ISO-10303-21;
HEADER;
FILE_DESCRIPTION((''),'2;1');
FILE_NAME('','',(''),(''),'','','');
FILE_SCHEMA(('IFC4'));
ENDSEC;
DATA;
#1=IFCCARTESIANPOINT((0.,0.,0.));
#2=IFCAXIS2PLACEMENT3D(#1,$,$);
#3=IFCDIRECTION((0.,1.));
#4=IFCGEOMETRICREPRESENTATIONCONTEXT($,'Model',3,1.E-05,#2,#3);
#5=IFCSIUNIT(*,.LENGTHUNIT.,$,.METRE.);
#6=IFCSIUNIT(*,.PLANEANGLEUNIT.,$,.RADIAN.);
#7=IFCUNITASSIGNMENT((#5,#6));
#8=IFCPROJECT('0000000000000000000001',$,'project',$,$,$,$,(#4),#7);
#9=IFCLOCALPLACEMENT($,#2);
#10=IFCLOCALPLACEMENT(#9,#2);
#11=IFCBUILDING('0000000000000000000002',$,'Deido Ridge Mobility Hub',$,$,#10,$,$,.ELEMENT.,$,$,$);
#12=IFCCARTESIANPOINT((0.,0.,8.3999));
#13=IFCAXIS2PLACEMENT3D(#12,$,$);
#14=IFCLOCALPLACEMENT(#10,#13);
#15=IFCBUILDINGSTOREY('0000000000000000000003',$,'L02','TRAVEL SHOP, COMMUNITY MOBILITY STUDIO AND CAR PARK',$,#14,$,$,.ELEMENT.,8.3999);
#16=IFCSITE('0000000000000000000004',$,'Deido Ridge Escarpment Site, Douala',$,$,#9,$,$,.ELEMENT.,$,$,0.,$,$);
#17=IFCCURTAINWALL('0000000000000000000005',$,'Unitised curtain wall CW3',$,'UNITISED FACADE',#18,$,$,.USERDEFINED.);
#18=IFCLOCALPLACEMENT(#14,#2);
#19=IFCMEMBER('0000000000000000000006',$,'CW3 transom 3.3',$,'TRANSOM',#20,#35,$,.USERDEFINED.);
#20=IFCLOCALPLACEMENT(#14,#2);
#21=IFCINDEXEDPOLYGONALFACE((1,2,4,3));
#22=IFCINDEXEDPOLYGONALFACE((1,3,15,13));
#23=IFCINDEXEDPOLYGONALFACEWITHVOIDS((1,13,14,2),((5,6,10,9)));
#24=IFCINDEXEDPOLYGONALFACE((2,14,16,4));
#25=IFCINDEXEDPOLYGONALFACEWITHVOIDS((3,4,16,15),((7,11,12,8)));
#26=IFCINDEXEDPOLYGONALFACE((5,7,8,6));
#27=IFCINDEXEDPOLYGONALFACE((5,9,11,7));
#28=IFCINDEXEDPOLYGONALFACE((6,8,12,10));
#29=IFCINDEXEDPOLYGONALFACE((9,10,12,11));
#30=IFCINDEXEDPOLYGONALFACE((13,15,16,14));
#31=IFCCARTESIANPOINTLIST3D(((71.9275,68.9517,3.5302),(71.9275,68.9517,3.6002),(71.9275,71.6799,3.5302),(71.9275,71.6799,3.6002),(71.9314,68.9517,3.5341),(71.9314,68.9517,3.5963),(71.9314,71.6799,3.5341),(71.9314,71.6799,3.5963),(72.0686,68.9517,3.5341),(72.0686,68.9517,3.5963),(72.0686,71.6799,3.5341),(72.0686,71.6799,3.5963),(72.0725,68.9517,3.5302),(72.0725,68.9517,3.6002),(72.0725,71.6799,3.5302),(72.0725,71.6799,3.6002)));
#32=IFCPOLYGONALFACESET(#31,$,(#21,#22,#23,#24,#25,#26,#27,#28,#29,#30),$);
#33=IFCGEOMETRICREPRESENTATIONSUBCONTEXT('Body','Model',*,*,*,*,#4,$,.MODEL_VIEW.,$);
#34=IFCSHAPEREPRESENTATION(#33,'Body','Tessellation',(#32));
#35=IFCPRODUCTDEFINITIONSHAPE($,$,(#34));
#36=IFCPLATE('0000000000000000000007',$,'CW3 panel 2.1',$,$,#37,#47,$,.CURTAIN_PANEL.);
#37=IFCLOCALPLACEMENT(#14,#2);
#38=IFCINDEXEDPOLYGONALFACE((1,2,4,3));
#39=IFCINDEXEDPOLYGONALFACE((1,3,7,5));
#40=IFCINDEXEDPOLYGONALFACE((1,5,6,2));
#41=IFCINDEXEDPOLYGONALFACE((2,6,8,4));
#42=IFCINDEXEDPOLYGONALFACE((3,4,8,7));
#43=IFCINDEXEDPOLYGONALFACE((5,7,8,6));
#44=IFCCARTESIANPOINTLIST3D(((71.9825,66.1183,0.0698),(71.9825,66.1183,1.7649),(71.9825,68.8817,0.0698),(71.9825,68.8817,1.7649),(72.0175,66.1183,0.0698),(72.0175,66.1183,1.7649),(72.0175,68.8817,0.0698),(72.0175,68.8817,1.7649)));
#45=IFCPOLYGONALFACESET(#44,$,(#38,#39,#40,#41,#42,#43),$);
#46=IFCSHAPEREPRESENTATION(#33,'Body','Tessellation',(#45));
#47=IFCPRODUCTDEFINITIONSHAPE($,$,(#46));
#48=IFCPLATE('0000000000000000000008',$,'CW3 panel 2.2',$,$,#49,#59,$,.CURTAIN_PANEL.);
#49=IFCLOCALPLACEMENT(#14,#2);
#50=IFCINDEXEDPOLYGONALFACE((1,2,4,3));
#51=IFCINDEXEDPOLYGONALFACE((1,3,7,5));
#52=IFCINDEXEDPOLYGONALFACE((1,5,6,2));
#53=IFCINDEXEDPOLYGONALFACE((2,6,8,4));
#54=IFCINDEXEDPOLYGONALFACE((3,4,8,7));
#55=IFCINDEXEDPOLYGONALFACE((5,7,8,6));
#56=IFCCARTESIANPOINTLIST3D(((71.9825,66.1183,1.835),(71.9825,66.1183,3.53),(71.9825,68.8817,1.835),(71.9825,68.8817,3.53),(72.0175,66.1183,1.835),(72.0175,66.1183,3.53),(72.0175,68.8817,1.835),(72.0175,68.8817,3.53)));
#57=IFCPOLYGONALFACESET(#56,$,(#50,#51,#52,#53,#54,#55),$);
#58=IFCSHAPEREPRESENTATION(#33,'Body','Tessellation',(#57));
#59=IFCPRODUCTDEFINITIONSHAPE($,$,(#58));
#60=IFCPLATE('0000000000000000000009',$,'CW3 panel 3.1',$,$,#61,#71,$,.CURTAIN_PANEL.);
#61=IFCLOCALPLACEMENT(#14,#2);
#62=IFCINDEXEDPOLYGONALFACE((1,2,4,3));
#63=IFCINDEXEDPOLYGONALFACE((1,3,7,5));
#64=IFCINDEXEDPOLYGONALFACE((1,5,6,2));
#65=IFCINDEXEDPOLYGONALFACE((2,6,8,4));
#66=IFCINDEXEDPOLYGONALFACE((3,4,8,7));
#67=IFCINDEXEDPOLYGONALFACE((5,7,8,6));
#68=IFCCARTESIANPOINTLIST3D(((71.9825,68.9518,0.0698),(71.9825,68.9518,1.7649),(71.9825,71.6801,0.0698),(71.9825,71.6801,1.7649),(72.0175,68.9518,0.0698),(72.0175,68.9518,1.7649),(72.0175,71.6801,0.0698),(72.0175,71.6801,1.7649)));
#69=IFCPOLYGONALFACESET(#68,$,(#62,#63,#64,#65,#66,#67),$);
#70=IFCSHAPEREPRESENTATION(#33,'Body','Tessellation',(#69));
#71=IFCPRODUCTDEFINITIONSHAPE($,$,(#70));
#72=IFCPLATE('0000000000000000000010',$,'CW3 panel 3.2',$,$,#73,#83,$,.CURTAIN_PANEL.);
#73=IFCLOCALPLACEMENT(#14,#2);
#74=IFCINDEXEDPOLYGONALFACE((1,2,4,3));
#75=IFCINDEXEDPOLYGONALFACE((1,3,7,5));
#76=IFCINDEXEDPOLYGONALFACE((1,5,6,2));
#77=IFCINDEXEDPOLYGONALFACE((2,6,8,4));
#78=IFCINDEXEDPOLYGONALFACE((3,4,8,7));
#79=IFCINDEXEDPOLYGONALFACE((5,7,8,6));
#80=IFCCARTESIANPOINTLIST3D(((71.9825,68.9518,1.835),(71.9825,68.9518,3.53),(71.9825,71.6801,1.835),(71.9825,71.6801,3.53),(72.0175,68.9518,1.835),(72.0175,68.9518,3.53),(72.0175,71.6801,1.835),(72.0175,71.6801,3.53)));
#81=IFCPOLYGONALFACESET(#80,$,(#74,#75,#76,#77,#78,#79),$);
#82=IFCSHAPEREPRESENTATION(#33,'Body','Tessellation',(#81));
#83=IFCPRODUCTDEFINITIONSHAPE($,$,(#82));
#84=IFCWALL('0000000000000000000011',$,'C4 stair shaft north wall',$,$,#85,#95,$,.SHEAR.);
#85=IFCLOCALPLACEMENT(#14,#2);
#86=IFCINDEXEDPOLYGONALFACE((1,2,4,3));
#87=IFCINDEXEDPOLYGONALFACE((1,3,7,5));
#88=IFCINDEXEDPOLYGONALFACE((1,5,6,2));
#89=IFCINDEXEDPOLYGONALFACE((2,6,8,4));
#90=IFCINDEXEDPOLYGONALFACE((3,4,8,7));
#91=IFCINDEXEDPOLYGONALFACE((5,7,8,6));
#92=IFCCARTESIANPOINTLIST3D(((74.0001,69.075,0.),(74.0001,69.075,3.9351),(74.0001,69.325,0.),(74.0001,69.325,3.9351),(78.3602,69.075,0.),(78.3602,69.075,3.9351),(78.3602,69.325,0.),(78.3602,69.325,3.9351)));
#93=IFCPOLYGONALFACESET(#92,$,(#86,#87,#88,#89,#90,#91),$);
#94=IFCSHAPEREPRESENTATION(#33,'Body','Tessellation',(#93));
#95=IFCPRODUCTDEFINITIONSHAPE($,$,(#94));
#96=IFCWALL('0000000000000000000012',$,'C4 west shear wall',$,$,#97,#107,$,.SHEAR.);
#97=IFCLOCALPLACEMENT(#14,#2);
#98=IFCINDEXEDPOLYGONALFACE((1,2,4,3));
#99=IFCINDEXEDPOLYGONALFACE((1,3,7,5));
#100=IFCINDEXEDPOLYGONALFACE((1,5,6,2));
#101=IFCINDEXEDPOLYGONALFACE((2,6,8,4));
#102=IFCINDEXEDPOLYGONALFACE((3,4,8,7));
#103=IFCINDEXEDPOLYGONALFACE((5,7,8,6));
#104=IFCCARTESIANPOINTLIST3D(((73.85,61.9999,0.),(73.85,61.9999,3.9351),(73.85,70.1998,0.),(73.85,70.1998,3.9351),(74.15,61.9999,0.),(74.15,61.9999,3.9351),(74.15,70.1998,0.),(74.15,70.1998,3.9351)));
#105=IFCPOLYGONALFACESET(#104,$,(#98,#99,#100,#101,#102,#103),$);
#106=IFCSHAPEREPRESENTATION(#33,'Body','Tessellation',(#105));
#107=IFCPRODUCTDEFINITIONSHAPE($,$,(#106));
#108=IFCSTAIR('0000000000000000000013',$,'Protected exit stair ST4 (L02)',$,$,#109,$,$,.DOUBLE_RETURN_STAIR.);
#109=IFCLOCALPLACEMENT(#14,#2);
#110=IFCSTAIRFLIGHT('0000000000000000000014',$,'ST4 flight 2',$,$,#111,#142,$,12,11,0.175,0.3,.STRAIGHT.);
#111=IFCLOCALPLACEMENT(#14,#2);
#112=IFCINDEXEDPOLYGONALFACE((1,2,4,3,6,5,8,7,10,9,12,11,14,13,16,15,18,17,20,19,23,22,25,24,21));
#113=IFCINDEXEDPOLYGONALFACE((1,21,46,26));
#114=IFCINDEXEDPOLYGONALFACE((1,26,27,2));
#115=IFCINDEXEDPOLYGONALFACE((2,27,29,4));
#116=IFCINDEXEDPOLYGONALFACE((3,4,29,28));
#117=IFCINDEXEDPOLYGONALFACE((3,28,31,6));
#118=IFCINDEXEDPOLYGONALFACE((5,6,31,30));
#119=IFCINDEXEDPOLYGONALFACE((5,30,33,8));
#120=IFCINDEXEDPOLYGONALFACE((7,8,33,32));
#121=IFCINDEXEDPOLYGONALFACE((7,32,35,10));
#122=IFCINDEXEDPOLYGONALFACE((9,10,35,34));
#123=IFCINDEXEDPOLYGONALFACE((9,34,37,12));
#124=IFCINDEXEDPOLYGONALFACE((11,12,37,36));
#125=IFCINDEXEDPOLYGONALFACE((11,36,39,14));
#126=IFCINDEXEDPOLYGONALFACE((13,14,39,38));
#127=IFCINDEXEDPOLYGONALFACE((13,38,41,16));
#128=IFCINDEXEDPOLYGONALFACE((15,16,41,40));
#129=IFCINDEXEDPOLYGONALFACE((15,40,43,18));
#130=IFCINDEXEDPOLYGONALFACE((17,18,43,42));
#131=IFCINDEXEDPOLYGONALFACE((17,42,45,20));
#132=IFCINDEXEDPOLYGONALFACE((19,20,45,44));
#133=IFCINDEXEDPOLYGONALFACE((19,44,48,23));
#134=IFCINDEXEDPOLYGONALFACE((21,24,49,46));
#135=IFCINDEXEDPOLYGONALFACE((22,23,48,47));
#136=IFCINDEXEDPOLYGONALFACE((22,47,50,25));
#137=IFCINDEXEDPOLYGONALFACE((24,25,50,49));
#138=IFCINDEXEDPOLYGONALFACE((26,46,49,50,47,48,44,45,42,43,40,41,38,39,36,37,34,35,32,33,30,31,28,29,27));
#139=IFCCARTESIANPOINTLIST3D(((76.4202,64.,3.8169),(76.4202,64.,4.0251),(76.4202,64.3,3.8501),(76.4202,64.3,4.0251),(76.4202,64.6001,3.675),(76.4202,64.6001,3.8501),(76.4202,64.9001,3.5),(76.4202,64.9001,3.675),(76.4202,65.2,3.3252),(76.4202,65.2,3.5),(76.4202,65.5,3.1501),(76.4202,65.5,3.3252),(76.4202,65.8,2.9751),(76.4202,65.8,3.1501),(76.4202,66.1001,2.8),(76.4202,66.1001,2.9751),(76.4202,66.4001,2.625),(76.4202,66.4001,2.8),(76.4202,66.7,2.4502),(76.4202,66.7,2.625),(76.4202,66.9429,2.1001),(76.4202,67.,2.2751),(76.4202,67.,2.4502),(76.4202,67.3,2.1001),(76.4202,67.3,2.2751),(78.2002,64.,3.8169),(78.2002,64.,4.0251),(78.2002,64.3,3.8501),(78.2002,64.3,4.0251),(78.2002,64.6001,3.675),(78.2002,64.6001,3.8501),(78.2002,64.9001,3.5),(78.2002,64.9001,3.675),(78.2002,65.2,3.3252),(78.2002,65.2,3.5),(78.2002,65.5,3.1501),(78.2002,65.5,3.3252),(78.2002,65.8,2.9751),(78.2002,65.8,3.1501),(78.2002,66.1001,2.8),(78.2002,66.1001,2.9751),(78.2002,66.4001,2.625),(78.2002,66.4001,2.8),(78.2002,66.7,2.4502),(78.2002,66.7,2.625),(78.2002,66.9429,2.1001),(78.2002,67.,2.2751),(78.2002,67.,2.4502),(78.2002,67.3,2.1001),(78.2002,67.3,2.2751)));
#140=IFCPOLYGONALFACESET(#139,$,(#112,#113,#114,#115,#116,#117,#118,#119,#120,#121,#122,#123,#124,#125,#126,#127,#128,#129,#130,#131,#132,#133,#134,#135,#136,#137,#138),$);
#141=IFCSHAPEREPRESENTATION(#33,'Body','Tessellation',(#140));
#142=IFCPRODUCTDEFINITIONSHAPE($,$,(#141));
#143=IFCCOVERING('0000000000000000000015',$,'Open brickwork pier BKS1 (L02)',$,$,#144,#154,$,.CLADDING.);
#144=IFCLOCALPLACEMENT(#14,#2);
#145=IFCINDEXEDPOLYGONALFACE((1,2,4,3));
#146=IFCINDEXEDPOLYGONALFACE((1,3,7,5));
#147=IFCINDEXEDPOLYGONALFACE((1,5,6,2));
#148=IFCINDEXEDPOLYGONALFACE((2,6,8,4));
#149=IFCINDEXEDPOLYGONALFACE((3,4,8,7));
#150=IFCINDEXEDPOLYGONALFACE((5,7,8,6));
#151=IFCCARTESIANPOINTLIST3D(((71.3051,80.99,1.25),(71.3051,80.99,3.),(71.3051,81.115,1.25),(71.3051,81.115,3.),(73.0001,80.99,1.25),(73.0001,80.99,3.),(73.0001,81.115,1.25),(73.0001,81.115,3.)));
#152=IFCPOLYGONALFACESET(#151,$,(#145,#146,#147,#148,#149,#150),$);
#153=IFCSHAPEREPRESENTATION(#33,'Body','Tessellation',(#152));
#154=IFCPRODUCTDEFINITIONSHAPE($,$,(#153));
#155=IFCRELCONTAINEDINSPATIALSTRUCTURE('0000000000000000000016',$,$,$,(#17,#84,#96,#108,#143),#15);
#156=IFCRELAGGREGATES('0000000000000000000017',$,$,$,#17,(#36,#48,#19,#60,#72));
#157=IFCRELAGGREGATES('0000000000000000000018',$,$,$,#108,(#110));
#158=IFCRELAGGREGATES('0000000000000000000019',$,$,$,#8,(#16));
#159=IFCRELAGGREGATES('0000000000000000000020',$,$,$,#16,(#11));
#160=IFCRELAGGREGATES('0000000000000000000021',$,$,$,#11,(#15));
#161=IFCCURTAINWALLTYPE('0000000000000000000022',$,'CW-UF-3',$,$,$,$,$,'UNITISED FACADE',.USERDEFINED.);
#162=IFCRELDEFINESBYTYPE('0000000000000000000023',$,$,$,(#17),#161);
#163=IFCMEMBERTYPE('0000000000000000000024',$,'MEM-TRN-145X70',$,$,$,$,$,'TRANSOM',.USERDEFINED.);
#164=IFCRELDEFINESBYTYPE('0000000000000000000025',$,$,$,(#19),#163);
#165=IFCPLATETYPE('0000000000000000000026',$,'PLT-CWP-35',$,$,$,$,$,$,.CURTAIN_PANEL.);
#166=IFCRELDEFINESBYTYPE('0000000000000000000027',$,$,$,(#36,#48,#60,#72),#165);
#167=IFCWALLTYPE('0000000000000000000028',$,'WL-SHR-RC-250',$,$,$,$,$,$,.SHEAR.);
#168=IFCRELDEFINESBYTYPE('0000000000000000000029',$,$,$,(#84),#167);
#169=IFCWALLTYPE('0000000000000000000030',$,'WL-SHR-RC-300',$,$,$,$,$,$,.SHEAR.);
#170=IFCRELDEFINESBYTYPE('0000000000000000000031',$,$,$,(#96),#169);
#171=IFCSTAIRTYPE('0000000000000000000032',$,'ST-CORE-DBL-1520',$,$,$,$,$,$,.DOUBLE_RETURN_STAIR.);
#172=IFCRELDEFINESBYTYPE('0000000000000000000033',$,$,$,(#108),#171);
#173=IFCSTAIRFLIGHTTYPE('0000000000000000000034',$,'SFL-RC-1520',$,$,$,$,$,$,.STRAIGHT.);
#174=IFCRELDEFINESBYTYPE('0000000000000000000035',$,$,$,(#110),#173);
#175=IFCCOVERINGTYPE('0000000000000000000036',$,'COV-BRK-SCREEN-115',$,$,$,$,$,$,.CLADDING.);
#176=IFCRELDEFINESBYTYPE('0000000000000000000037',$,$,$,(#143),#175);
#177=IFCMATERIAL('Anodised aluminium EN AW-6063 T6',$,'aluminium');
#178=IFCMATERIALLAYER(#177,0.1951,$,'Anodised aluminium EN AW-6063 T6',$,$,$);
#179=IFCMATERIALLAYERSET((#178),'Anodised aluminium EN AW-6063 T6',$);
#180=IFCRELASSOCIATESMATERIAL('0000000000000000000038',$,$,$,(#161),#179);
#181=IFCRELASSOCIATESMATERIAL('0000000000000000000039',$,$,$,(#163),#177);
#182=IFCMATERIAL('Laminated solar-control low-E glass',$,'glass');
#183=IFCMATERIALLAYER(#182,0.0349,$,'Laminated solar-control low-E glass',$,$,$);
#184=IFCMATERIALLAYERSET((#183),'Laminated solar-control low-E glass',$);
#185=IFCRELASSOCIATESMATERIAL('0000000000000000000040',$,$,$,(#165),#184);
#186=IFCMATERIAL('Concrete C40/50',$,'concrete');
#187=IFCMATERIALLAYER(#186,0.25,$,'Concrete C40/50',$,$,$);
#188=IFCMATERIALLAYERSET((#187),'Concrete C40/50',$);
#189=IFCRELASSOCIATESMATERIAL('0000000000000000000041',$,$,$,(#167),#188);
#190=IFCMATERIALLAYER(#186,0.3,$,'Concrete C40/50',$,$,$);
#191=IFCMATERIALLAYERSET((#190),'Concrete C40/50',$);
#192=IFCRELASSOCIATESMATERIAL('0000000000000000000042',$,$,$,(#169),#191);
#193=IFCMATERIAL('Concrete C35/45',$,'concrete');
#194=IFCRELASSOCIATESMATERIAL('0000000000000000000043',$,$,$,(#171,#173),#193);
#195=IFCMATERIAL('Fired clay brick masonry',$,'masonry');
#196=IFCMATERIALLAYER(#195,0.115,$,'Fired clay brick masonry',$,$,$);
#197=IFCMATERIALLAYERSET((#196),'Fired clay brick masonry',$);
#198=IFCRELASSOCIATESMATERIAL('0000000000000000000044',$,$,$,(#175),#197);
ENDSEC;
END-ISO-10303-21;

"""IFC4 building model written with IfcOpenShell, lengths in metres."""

from ifc_helpers import new_model, si_unit, direction, frame, frame_2d, origin, origin_2d, place, context, subcontext, project, spatial, polyline, rectangle, hollow_rectangle, outline, extrude, material, layer, layer_set, material_profile, profile_set, type_object, element, aggregate, save


model = new_model("IFC4")

# Units and contexts
model_context = context("Model", 3, precision=1e-05, world=origin(), true_north=direction((0.0, 1.0)))
body_context = subcontext(model_context, "Body", "Model", "MODEL_VIEW")
ifc_project = project(units=[si_unit("LENGTHUNIT", "METRE"), si_unit("PLANEANGLEUNIT", "RADIAN")], contexts=[model_context])

# Site, building, storey
site_placement = place(None, origin())
site = spatial("IfcSite", under=ifc_project, at=site_placement, Name="Deido Ridge Escarpment Site, Douala", CompositionType="ELEMENT", RefElevation=0.0)
building_placement = place(site_placement, origin())
building = spatial("IfcBuilding", under=site, at=building_placement, Name="Deido Ridge Mobility Hub", CompositionType="ELEMENT")
storey_placement = place(building_placement, frame((0.0, 0.0, 8.3999)))
storey = spatial("IfcBuildingStorey", under=building, at=storey_placement, Name="L02", Description="TRAVEL SHOP, COMMUNITY MOBILITY STUDIO AND CAR PARK", CompositionType="ELEMENT", Elevation=8.3999)

# Curtain wall, member, plates
ifc_material_1 = material(Name="Anodised aluminium EN AW-6063 T6", Category="aluminium")
ifc_layer_1 = layer(ifc_material_1, 0.1951, Name="Anodised aluminium EN AW-6063 T6")
ifc_layer_set_1 = layer_set([ifc_layer_1], Name="Anodised aluminium EN AW-6063 T6")
curtain_wall_type = type_object("IfcCurtainWallType", Name="CW-UF-3", ElementType="UNITISED FACADE", PredefinedType="USERDEFINED", material=ifc_layer_set_1)
curtain_wall_placement = place(storey_placement, origin())
curtain_wall = element("IfcCurtainWall", 1, at=curtain_wall_placement, inside=storey, type_object=curtain_wall_type, Name="Unitised curtain wall CW3", ObjectType="UNITISED FACADE", PredefinedType="USERDEFINED")
ifc_material_profile_1 = material_profile(ifc_material_1, hollow_rectangle(XDim=0.145, YDim=0.0701, WallThickness=0.0039, at=origin_2d()), Name="RHS 145x70x4")
ifc_profile_set_1 = profile_set([ifc_material_profile_1], Name="Anodised aluminium EN AW-6063 T6")
member_type_1 = type_object("IfcMemberType", Name="MEM-TRN-145X70", ElementType="TRANSOM", PredefinedType="USERDEFINED", material=ifc_profile_set_1)
member_1_placement = place(storey_placement, frame((72.0, 68.9517, 3.5652), z_axis=(0.0, 1.0, 0.0), x_axis=(-1.0, 0.0, 0.0)))
member_1 = element("IfcMember", 2, at=member_1_placement, type_object=member_type_1, Name="CW3 transom 3.3", ObjectType="TRANSOM", PredefinedType="USERDEFINED", context=body_context, shape_type="SweptSolid", body=[
    extrude(hollow_rectangle(XDim=0.145, YDim=0.0701, WallThickness=0.0039, at=origin_2d()), origin(), (0.0, 0.0, 1.0), 2.7283),
])
ifc_material_2 = material(Name="Laminated solar-control low-E glass", Category="glass")
ifc_layer_2 = layer(ifc_material_2, 0.0349, Name="Laminated solar-control low-E glass")
ifc_layer_set_2 = layer_set([ifc_layer_2], Name="Laminated solar-control low-E glass")
plate_type = type_object("IfcPlateType", Name="PLT-CWP-35", PredefinedType="CURTAIN_PANEL", material=ifc_layer_set_2)
plate_1_placement = place(storey_placement, frame((72.0, 67.5, 0.0698), z_axis=(0.0, 0.0, 1.0), x_axis=(0.0, 1.0, 0.0)))
plate_1 = element("IfcPlate", 3, at=plate_1_placement, type_object=plate_type, Name="CW3 panel 2.1", PredefinedType="CURTAIN_PANEL", context=body_context, shape_type="SweptSolid", body=[
    extrude(rectangle(XDim=2.7634, YDim=0.0349, at=origin_2d()), origin(), (0.0, 0.0, 1.0), 1.6951),
])
plate_2_placement = place(storey_placement, frame((72.0, 67.5, 1.835), z_axis=(0.0, 0.0, 1.0), x_axis=(0.0, 1.0, 0.0)))
plate_2 = element("IfcPlate", 4, at=plate_2_placement, type_object=plate_type, Name="CW3 panel 2.2", PredefinedType="CURTAIN_PANEL", context=body_context, shape_type="SweptSolid", body=[
    extrude(rectangle(XDim=2.7634, YDim=0.0349, at=origin_2d()), origin(), (0.0, 0.0, 1.0), 1.6951),
])
plate_3_placement = place(storey_placement, frame((72.0, 70.3159, 0.0698), z_axis=(0.0, 0.0, 1.0), x_axis=(0.0, 1.0, 0.0)))
plate_3 = element("IfcPlate", 5, at=plate_3_placement, type_object=plate_type, Name="CW3 panel 3.1", PredefinedType="CURTAIN_PANEL", context=body_context, shape_type="SweptSolid", body=[
    extrude(rectangle(XDim=2.7283, YDim=0.0349, at=origin_2d()), origin(), (0.0, 0.0, 1.0), 1.6951),
])
plate_4_placement = place(storey_placement, frame((72.0, 70.3159, 1.835), z_axis=(0.0, 0.0, 1.0), x_axis=(0.0, 1.0, 0.0)))
plate_4 = element("IfcPlate", 6, at=plate_4_placement, type_object=plate_type, Name="CW3 panel 3.2", PredefinedType="CURTAIN_PANEL", context=body_context, shape_type="SweptSolid", body=[
    extrude(rectangle(XDim=2.7283, YDim=0.0349, at=origin_2d()), origin(), (0.0, 0.0, 1.0), 1.6951),
])
aggregate(curtain_wall, [plate_1, plate_2, member_1, plate_3, plate_4])

# Walls
ifc_material_3 = material(Name="Concrete C40/50", Category="concrete")
ifc_layer_3 = layer(ifc_material_3, 0.25, Name="Concrete C40/50")
ifc_layer_set_3 = layer_set([ifc_layer_3], Name="Concrete C40/50")
wall_type_1 = type_object("IfcWallType", Name="WL-SHR-RC-250", PredefinedType="SHEAR", material=ifc_layer_set_3)
wall_1_placement = place(storey_placement, frame((74.0, 69.2, 0.0), z_axis=(0.0, 0.0, 1.0), x_axis=(1.0, 0.0, 0.0)))
element("IfcWall", 7, at=wall_1_placement, inside=storey, type_object=wall_type_1, Name="C4 stair shaft north wall", PredefinedType="SHEAR", context=body_context, shape_type="SweptSolid", body=[
    extrude(rectangle(XDim=4.3601, YDim=0.25, at=frame_2d((2.1802, 0.0))), origin(), (0.0, 0.0, 1.0), 3.9351),
])
ifc_layer_4 = layer(ifc_material_3, 0.3, Name="Concrete C40/50")
ifc_layer_set_4 = layer_set([ifc_layer_4], Name="Concrete C40/50")
wall_type_2 = type_object("IfcWallType", Name="WL-SHR-RC-300", PredefinedType="SHEAR", material=ifc_layer_set_4)
wall_2_placement = place(storey_placement, frame((74.0, 70.2, 0.0), z_axis=(0.0, 0.0, 1.0), x_axis=(0.0, -1.0, 0.0)))
element("IfcWall", 8, at=wall_2_placement, inside=storey, type_object=wall_type_2, Name="C4 west shear wall", PredefinedType="SHEAR", context=body_context, shape_type="SweptSolid", body=[
    extrude(rectangle(XDim=8.2, YDim=0.3, at=frame_2d((4.1001, 0.0))), origin(), (0.0, 0.0, 1.0), 3.9351),
])

# Stair, stair flight
ifc_material_4 = material(Name="Concrete C35/45", Category="concrete")
stair_type = type_object("IfcStairType", Name="ST-CORE-DBL-1520", PredefinedType="DOUBLE_RETURN_STAIR", material=ifc_material_4)
stair_placement = place(storey_placement, origin())
stair = element("IfcStair", 9, at=stair_placement, inside=storey, type_object=stair_type, Name="Protected exit stair ST4 (L02)", PredefinedType="DOUBLE_RETURN_STAIR")
stair_flight_type = type_object("IfcStairFlightType", Name="SFL-RC-1520", PredefinedType="STRAIGHT", material=ifc_material_4)
stair_flight_placement = place(storey_placement, frame((77.3101, 67.3, 2.1001), z_axis=(0.0, 0.0, 1.0), x_axis=(0.0, -1.0, 0.0)))
stair_flight = element("IfcStairFlight", 10, at=stair_flight_placement, type_object=stair_flight_type, Name="ST4 flight 2", NumberOfRisers=12, NumberOfTreads=11, PredefinedType="STRAIGHT", RiserHeight=0.175, TreadLength=0.3, context=body_context, shape_type="SweptSolid", body=[
    extrude(outline(polyline([(0.0, 0.0), (0.0, 0.175), (0.3, 0.175), (0.3, 0.3501), (0.6001, 0.3501), (0.6001, 0.5249), (0.8999, 0.5249), (0.8999, 0.7), (1.2, 0.7), (1.2, 0.875), (1.5, 0.875), (1.5, 1.05), (1.8, 1.05), (1.8, 1.2251), (2.1001, 1.2251), (2.1001, 1.3999), (2.3999, 1.3999), (2.3999, 1.575), (2.7, 1.575), (2.7, 1.75), (3.0, 1.75), (3.0, 1.925), (3.3, 1.925), (3.3, 2.1001), (3.3, 1.7168), (0.3572, 0.0), (0.0, 0.0)])), frame((0.0, 0.8901, 0.0), z_axis=(0.0, -1.0, 0.0), x_axis=(1.0, 0.0, 0.0)), (0.0, 0.0, 1.0), 1.78),
])
aggregate(stair, [stair_flight])

# Covering
ifc_material_5 = material(Name="Fired clay brick masonry", Category="masonry")
ifc_layer_5 = layer(ifc_material_5, 0.115, Name="Fired clay brick masonry")
ifc_layer_set_5 = layer_set([ifc_layer_5], Name="Fired clay brick masonry")
covering_type = type_object("IfcCoveringType", Name="COV-BRK-SCREEN-115", PredefinedType="CLADDING", material=ifc_layer_set_5)
covering_placement = place(storey_placement, frame((72.1526, 81.0525, 1.25), z_axis=(0.0, 0.0, 1.0), x_axis=(1.0, 0.0, 0.0)))
element("IfcCovering", 11, at=covering_placement, inside=storey, type_object=covering_type, Name="Open brickwork pier BKS1 (L02)", PredefinedType="CLADDING", context=body_context, shape_type="SweptSolid", body=[
    extrude(rectangle(XDim=1.6951, YDim=0.125, at=origin_2d()), origin(), (0.0, 0.0, 1.0), 1.75),
])

save(model, "model.ifc")
